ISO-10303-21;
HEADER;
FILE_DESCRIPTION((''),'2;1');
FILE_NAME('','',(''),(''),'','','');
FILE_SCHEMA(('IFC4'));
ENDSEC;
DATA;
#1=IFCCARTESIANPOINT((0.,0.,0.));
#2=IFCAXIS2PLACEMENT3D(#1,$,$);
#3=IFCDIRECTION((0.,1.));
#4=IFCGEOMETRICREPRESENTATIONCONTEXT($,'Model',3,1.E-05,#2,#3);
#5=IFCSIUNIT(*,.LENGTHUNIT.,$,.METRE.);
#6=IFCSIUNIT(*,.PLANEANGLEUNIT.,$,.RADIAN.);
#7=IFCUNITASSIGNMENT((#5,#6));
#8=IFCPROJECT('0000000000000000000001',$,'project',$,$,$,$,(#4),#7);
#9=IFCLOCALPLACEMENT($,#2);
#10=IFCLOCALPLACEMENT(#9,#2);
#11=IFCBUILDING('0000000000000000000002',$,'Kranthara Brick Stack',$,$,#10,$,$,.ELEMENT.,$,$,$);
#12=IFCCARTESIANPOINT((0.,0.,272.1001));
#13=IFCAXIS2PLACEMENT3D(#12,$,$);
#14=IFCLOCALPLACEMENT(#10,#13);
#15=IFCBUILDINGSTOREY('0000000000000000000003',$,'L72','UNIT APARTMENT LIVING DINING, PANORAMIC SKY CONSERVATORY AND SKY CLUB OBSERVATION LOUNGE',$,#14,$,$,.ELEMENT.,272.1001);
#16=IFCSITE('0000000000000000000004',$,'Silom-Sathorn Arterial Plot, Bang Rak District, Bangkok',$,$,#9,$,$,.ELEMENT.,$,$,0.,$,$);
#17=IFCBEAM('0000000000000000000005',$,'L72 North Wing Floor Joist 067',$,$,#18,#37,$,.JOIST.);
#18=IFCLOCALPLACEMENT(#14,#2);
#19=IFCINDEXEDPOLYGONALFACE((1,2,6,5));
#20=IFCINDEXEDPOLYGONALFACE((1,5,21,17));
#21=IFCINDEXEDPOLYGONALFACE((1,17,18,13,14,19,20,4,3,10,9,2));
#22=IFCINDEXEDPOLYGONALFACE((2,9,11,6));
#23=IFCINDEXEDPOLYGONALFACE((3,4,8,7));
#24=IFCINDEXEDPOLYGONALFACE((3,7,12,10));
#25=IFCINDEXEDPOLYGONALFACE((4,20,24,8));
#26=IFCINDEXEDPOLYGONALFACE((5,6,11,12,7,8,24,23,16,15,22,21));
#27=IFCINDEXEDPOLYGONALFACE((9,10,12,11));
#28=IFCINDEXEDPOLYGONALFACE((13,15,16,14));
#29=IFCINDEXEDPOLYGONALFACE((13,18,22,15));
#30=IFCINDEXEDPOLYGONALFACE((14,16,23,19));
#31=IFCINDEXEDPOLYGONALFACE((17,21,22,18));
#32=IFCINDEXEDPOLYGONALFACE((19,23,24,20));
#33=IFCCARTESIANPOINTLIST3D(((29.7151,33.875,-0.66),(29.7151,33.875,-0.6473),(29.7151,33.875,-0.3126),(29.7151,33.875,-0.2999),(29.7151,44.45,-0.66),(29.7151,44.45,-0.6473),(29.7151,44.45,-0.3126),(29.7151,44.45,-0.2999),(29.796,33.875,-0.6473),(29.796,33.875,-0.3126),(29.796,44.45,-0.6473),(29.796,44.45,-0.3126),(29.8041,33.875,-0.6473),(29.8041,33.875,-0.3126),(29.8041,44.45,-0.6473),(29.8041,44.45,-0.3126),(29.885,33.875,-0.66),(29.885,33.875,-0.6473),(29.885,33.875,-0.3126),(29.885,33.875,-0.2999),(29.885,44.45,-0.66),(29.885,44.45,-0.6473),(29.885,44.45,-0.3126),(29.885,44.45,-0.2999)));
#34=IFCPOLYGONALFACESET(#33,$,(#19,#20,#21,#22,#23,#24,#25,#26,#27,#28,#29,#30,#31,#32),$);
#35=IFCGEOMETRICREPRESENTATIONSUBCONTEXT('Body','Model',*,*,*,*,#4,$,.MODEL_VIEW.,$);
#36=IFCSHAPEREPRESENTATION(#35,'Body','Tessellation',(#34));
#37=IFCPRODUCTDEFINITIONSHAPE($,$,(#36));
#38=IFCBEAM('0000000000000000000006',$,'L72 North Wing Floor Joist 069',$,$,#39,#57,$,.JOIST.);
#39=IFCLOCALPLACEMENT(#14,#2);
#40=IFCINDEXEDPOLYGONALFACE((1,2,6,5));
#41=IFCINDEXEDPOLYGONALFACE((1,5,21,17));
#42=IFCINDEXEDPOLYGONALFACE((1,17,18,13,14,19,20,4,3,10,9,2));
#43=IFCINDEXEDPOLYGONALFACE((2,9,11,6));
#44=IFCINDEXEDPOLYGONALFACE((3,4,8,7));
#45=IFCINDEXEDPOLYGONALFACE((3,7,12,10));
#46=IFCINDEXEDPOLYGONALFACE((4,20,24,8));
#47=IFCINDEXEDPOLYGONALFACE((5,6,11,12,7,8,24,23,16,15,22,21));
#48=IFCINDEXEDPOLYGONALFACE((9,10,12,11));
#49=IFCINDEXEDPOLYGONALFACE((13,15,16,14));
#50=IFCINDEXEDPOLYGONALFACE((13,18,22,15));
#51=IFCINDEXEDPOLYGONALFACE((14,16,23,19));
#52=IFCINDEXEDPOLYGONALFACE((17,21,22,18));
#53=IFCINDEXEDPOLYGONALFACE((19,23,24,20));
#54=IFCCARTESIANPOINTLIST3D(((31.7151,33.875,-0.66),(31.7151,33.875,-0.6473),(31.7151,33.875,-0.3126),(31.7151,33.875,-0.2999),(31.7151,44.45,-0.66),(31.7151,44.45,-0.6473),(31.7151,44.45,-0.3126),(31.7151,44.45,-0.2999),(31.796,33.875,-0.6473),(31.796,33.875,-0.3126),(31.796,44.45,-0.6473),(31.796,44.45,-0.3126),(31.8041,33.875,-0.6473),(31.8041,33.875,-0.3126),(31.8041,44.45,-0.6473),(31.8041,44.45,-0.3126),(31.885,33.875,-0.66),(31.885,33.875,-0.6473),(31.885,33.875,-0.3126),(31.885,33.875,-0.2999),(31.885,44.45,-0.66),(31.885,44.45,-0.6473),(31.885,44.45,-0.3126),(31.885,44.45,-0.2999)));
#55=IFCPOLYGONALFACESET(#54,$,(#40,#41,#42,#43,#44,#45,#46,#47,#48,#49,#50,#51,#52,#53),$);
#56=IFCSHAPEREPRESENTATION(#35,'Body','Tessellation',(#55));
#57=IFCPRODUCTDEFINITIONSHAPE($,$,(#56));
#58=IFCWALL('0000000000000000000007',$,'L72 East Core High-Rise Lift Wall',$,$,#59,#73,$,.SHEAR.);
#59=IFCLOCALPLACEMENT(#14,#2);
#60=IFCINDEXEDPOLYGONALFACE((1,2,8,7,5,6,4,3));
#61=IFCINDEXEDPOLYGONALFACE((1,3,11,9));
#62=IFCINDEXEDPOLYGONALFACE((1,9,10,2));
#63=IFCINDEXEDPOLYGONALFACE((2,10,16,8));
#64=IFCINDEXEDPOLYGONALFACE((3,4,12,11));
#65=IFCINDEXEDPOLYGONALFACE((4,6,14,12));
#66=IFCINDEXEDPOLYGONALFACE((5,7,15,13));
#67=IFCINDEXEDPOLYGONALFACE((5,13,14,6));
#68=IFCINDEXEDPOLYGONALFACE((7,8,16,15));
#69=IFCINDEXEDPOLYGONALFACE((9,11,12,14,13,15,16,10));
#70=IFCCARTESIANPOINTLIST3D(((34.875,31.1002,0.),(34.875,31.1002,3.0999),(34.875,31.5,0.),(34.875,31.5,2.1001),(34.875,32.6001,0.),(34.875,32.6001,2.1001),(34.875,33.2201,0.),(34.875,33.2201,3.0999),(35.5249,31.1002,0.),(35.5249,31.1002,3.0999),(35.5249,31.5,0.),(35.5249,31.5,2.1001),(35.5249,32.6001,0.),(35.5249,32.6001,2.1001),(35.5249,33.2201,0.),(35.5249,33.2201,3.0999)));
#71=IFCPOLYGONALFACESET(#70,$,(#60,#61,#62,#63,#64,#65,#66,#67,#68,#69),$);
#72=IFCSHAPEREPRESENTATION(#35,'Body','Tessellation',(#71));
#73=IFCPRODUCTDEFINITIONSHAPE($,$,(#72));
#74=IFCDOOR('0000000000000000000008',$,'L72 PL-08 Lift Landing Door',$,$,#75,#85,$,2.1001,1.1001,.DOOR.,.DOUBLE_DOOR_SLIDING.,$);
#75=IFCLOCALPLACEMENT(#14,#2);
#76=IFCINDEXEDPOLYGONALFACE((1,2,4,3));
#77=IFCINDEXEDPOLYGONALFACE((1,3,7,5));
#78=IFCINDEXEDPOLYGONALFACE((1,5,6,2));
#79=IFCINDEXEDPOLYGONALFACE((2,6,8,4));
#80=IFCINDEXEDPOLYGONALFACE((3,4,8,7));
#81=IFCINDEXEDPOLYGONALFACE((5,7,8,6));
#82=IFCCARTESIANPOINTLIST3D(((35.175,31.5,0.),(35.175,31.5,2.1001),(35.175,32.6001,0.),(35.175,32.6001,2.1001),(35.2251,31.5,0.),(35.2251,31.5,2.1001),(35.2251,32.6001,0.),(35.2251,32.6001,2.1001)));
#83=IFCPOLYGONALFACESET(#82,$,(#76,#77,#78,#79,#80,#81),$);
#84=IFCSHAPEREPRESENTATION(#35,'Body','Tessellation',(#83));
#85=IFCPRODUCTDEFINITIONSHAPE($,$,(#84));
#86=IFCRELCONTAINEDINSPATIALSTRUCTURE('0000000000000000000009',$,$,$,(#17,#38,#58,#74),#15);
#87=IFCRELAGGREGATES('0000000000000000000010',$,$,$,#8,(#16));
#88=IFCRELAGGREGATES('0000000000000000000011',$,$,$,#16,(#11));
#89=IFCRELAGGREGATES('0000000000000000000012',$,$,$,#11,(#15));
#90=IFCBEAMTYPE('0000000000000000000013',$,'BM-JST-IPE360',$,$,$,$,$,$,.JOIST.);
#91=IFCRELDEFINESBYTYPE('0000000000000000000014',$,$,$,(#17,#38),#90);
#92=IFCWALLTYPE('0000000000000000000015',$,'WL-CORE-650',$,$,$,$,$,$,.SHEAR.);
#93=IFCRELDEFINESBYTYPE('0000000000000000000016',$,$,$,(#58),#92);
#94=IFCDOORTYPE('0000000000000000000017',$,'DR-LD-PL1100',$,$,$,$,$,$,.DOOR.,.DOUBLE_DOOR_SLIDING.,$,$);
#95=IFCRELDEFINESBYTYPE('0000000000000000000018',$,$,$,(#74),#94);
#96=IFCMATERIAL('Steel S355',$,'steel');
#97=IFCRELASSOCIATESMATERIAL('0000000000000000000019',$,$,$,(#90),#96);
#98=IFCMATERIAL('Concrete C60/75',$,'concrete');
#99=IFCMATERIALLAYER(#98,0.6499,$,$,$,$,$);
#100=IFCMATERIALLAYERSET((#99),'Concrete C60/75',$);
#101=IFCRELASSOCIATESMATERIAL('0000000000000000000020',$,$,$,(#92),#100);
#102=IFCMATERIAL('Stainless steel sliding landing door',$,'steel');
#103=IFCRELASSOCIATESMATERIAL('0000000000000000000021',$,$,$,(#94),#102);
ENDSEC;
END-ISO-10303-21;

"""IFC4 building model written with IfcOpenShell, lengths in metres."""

from ifc_helpers import new_model, si_unit, direction, frame, frame_2d, origin, origin_2d, place, context, subcontext, project, spatial, rectangle, i_section, extrude, material, layer, layer_set, material_profile, profile_set, type_object, element, fill, save


model = new_model("IFC4")

# Units and contexts
model_context = context("Model", 3, precision=1e-05, world=origin(), true_north=direction((0.0, 1.0)))
body_context = subcontext(model_context, "Body", "Model", "MODEL_VIEW")
ifc_project = project(units=[si_unit("LENGTHUNIT", "METRE"), si_unit("PLANEANGLEUNIT", "RADIAN")], contexts=[model_context])

# Site, building, storey
site_placement = place(None, origin())
site = spatial("IfcSite", under=ifc_project, at=site_placement, Name="Silom-Sathorn Arterial Plot, Bang Rak District, Bangkok", CompositionType="ELEMENT", RefElevation=0.0)
building_placement = place(site_placement, origin())
building = spatial("IfcBuilding", under=site, at=building_placement, Name="Kranthara Brick Stack", CompositionType="ELEMENT")
storey_placement = place(building_placement, frame((0.0, 0.0, 272.1001)))
storey = spatial("IfcBuildingStorey", under=building, at=storey_placement, Name="L72", Description="UNIT APARTMENT LIVING DINING, PANORAMIC SKY CONSERVATORY AND SKY CLUB OBSERVATION LOUNGE", CompositionType="ELEMENT", Elevation=272.1001)

# Beams
ifc_material_1 = material(Name="Steel S355", Category="steel")
ifc_material_profile_1 = material_profile(ifc_material_1, i_section(OverallWidth=0.1699, OverallDepth=0.3601, WebThickness=0.0081, FlangeThickness=0.0127, at=origin_2d()), Name="IPE 360")
ifc_profile_set_1 = profile_set([ifc_material_profile_1], Name="Steel S355")
beam_type_1 = type_object("IfcBeamType", Name="BM-JST-IPE360", PredefinedType="JOIST", material=ifc_profile_set_1)
for number, where, z_axis, x_axis, name in (
    (1, (29.8, 33.875, -0.48), (0.0, 1.0, 0.0), (-1.0, 0.0, 0.0), "L72 North Wing Floor Joist 067"),
    (2, (31.8, 33.875, -0.48), (0.0, 1.0, 0.0), (-1.0, 0.0, 0.0), "L72 North Wing Floor Joist 069"),
):
    element("IfcBeam", number, at=place(storey_placement, frame(where, z_axis=z_axis, x_axis=x_axis)), inside=storey, type_object=beam_type_1, Name=name, PredefinedType="JOIST", context=body_context, shape_type="SweptSolid", body=[
        extrude(i_section(OverallWidth=0.1699, OverallDepth=0.3601, WebThickness=0.0081, FlangeThickness=0.0127, at=origin_2d()), origin(), (0.0, 0.0, 1.0), 10.575),
    ])

# Wall, opening, door
ifc_material_2 = material(Name="Concrete C60/75", Category="concrete")
ifc_layer = layer(ifc_material_2, 0.6499)
ifc_layer_set = layer_set([ifc_layer], Name="Concrete C60/75")
wall_type = type_object("IfcWallType", Name="WL-CORE-650", PredefinedType="SHEAR", material=ifc_layer_set)
wall_placement = place(storey_placement, frame((35.2, 31.1001, 0.0), z_axis=(0.0, 0.0, 1.0), x_axis=(0.0, 1.0, 0.0)))
wall = element("IfcWall", 3, at=wall_placement, inside=storey, type_object=wall_type, Name="L72 East Core High-Rise Lift Wall", PredefinedType="SHEAR", context=body_context, shape_type="SweptSolid", body=[
    extrude(rectangle(XDim=2.1199, YDim=0.6499, at=frame_2d((1.0601, 0.0))), origin(), (0.0, 0.0, 1.0), 3.0999),
])
opening_placement = place(wall_placement, frame((0.3999, 0.0, 0.0)))
opening = element("IfcOpeningElement", 4, at=opening_placement, cuts=wall, PredefinedType="OPENING", context=body_context, shape_type="SweptSolid", body=[
    extrude(rectangle(XDim=1.1001, YDim=2.1001, at=frame_2d((0.55, 1.05))), frame((0.0, 0.335, 0.0), z_axis=(0.0, -1.0, 0.0), x_axis=(1.0, 0.0, 0.0)), (0.0, 0.0, 1.0), 0.6699),
])
ifc_material_3 = material(Name="Stainless steel sliding landing door", Category="steel")
door_type = type_object("IfcDoorType", Name="DR-LD-PL1100", OperationType="DOUBLE_DOOR_SLIDING", PredefinedType="DOOR", material=ifc_material_3)
door_placement = place(opening_placement, origin())
door = element("IfcDoor", 5, at=door_placement, inside=storey, type_object=door_type, Name="L72 PL-08 Lift Landing Door", OperationType="DOUBLE_DOOR_SLIDING", OverallHeight=2.1001, OverallWidth=1.1001, PredefinedType="DOOR", context=body_context, shape_type="SweptSolid", body=[
    extrude(rectangle(XDim=1.1001, YDim=2.1001, at=frame_2d((0.55, 1.05))), frame((0.0, 0.0249, 0.0), z_axis=(0.0, -1.0, 0.0), x_axis=(1.0, 0.0, 0.0)), (0.0, 0.0, 1.0), 0.05),
])
fill(opening, door)

save(model, "model.ifc")
